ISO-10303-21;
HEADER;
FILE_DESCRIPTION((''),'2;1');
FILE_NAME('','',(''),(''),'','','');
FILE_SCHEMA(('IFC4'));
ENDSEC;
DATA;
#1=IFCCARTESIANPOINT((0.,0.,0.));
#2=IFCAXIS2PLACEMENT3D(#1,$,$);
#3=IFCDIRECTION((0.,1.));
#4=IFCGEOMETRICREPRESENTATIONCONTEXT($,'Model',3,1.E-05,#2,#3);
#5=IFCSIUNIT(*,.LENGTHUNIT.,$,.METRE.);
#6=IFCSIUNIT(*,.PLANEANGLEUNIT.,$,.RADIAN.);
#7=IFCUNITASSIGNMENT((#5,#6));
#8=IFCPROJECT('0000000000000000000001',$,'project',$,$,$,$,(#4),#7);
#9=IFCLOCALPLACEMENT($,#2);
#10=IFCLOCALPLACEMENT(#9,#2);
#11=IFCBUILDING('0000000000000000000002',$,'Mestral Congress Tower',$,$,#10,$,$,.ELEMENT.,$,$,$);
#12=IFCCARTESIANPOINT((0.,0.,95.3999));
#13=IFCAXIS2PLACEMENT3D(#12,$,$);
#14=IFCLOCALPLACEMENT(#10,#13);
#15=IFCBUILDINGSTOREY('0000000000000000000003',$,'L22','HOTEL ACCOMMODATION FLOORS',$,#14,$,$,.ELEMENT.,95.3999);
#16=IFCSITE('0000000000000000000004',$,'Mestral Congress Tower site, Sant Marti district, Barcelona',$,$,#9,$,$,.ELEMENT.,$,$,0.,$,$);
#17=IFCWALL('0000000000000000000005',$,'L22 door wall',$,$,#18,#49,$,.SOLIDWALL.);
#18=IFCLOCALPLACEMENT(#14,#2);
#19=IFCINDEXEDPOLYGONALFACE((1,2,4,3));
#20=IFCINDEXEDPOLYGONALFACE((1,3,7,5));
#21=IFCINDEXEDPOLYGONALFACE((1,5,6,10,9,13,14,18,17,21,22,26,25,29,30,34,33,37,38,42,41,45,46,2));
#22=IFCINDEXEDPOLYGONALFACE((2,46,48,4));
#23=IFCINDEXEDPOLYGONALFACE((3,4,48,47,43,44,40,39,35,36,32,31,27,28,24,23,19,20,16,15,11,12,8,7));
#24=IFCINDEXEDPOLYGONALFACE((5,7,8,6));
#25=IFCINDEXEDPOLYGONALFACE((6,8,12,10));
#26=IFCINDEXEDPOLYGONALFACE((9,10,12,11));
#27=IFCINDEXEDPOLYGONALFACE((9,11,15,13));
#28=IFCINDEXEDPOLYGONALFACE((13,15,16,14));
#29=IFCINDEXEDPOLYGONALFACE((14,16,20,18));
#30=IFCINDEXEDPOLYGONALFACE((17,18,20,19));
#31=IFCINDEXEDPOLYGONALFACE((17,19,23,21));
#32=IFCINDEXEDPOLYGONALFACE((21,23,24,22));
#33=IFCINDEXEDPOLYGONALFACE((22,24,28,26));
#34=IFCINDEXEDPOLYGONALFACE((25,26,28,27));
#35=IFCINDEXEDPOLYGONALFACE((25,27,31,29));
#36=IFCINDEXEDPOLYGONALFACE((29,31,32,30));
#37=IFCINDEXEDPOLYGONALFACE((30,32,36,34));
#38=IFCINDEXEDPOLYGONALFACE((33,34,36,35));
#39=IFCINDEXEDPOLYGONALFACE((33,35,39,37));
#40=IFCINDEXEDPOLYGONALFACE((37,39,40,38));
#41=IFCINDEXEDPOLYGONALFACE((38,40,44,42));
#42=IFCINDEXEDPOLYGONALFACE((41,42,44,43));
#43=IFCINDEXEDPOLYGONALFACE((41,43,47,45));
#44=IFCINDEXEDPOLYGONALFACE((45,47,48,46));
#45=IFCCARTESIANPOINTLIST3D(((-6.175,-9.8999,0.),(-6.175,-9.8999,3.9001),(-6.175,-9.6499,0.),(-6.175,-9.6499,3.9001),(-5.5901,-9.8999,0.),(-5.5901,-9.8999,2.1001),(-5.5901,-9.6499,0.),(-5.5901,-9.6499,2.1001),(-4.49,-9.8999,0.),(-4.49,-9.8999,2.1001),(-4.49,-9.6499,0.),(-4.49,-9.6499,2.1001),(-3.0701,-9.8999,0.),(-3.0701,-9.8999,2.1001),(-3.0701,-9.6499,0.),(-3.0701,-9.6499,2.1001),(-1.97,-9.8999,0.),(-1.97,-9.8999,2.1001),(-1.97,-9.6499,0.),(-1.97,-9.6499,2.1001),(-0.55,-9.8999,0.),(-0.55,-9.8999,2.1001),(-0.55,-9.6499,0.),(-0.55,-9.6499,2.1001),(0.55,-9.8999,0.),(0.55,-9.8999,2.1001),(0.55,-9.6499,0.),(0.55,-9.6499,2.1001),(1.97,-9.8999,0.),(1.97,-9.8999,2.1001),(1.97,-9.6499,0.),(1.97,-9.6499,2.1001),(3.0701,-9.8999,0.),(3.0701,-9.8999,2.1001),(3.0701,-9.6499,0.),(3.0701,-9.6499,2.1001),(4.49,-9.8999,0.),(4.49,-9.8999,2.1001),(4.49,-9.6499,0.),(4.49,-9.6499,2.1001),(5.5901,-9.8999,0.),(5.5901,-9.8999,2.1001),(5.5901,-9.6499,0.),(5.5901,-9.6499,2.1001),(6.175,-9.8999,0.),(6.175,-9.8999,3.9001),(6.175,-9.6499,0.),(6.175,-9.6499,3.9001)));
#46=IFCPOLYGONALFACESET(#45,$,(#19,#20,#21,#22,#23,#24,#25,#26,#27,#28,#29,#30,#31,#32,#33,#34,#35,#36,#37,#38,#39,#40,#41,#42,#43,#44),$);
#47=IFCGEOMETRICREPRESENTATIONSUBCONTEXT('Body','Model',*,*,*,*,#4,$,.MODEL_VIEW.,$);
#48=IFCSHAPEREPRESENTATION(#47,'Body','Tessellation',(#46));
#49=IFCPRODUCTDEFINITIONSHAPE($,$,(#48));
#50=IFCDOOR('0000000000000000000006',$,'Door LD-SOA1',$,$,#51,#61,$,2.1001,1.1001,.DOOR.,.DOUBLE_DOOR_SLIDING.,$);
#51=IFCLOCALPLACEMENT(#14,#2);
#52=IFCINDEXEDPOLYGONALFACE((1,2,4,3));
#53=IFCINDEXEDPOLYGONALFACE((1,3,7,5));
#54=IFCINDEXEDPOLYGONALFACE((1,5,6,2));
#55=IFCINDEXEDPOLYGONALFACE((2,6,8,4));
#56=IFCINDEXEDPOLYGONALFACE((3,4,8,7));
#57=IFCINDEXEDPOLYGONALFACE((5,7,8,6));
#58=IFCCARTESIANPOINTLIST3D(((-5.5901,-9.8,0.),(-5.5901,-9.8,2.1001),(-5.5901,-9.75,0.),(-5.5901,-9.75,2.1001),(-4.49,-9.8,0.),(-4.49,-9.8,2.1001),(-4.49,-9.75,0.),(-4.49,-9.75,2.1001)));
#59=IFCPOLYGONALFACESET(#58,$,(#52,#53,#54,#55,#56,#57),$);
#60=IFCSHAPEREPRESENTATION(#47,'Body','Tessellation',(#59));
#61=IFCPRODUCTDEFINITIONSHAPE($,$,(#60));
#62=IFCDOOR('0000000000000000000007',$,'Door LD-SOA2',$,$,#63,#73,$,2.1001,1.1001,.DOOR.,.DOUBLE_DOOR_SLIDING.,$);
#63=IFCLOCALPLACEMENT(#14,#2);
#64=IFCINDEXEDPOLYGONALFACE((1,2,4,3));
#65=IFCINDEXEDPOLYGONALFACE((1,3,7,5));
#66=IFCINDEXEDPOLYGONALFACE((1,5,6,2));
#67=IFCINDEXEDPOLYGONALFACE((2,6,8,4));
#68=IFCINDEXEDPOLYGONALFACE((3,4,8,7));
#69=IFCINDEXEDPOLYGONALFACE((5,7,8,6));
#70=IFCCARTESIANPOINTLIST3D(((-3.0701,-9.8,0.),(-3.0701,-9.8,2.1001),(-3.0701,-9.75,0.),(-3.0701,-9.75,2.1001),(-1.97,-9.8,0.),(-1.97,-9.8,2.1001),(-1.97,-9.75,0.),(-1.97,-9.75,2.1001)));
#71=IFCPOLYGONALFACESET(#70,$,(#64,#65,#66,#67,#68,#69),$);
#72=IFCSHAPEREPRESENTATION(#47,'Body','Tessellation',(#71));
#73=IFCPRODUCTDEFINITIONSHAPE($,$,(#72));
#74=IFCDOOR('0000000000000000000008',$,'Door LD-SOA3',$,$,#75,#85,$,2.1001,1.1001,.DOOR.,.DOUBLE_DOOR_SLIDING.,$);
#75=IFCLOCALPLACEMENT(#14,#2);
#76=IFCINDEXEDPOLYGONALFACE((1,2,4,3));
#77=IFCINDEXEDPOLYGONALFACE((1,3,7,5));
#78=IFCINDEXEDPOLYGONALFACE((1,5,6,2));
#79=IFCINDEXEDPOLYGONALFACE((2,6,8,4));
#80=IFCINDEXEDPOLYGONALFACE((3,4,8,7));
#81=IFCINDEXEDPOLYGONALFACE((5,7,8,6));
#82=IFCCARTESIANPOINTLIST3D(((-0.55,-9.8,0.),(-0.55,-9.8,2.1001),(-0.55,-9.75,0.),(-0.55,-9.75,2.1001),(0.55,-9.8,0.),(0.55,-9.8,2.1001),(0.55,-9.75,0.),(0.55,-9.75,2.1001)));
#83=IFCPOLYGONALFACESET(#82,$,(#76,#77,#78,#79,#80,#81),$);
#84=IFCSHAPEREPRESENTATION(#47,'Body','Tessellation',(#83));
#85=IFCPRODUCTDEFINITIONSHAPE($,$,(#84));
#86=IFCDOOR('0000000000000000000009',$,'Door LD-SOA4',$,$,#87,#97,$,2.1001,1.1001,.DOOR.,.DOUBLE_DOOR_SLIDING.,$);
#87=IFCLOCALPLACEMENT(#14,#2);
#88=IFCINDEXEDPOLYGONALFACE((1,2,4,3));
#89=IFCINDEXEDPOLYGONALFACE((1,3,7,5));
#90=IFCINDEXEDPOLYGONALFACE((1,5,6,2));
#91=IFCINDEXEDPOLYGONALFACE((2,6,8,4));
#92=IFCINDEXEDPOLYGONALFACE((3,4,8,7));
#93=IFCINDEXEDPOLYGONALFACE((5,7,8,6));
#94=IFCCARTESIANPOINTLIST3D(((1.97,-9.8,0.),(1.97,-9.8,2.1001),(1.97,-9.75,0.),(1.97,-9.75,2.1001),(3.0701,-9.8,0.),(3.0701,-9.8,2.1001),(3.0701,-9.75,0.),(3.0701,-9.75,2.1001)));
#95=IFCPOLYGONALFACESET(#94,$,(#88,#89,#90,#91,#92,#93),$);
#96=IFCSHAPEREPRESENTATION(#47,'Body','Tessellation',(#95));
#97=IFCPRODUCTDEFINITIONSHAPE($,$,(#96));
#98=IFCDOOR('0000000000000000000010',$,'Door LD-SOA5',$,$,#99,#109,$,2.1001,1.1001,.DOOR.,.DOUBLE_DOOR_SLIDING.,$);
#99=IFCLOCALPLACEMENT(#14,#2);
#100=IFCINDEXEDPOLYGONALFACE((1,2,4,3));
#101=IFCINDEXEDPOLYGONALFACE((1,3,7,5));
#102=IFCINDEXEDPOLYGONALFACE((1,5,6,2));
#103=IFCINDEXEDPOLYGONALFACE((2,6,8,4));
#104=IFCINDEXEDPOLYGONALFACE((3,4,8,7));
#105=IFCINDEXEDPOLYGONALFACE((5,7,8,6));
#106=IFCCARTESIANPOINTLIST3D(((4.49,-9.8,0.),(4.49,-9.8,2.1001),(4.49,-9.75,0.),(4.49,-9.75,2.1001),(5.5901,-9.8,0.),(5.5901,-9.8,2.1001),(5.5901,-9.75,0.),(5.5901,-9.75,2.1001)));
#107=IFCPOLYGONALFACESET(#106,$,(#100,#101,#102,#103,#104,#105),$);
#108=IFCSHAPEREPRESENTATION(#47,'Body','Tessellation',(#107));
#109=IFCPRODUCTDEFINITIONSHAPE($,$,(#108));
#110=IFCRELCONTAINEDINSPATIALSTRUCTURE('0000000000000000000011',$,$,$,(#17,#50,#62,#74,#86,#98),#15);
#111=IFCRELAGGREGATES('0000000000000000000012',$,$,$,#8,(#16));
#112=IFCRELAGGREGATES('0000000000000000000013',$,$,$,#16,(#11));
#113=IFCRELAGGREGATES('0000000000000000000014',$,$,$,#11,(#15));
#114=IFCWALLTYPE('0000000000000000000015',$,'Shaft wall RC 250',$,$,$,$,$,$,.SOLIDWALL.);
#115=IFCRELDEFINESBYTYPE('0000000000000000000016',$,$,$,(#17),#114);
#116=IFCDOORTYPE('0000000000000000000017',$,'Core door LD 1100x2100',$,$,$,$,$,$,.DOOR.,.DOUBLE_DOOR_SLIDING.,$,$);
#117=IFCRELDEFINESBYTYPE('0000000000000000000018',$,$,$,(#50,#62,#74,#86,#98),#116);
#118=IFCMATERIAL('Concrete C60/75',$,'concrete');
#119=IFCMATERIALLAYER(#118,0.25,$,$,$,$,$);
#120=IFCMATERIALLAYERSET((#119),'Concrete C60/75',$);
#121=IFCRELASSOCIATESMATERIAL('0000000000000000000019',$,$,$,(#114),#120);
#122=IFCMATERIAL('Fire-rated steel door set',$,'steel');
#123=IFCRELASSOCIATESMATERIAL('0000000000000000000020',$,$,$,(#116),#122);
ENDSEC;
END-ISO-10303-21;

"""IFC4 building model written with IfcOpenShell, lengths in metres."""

from ifc_helpers import new_model, si_unit, direction, frame, frame_2d, origin, place, context, subcontext, project, spatial, rectangle, extrude, material, layer, layer_set, type_object, element, fill, save


model = new_model("IFC4")

# Units and contexts
model_context = context("Model", 3, precision=1e-05, world=origin(), true_north=direction((0.0, 1.0)))
body_context = subcontext(model_context, "Body", "Model", "MODEL_VIEW")
ifc_project = project(units=[si_unit("LENGTHUNIT", "METRE"), si_unit("PLANEANGLEUNIT", "RADIAN")], contexts=[model_context])

# Site, building, storey
site_placement = place(None, origin())
site = spatial("IfcSite", under=ifc_project, at=site_placement, Name="Mestral Congress Tower site, Sant Marti district, Barcelona", CompositionType="ELEMENT", RefElevation=0.0)
building_placement = place(site_placement, origin())
building = spatial("IfcBuilding", under=site, at=building_placement, Name="Mestral Congress Tower", CompositionType="ELEMENT")
storey_placement = place(building_placement, frame((0.0, 0.0, 95.3999)))
storey = spatial("IfcBuildingStorey", under=building, at=storey_placement, Name="L22", Description="HOTEL ACCOMMODATION FLOORS", CompositionType="ELEMENT", Elevation=95.3999)

# Shared definitions
ifc_material_1 = material(Name="Fire-rated steel door set", Category="steel")

# Shared definitions
ifc_material_2 = material(Name="Concrete C60/75", Category="concrete")
ifc_layer_1 = layer(ifc_material_2, 0.25)
ifc_layer_set_1 = layer_set([ifc_layer_1], Name="Concrete C60/75")
wall_type_1 = type_object("IfcWallType", Name="Shaft wall RC 250", PredefinedType="SOLIDWALL", material=ifc_layer_set_1)

# Wall, openings, doors
wall_1_placement = place(storey_placement, frame((-6.175, -9.7749, 0.0), z_axis=(0.0, 0.0, 1.0), x_axis=(1.0, 0.0, 0.0)))
wall_1 = element("IfcWall", 1, at=wall_1_placement, inside=storey, type_object=wall_type_1, Name="L22 door wall", PredefinedType="SOLIDWALL", context=body_context, shape_type="SweptSolid", body=[
    extrude(rectangle(XDim=12.3501, YDim=0.25, at=frame_2d((6.175, 0.0))), origin(), (0.0, 0.0, 1.0), 3.9001),
])
opening_1_placement = place(wall_1_placement, frame((0.585, 0.0, 0.0)))
opening_1 = element("IfcOpeningElement", 2, at=opening_1_placement, cuts=wall_1, PredefinedType="OPENING", context=body_context, shape_type="SweptSolid", body=[
    extrude(rectangle(XDim=1.1001, YDim=2.1001, at=frame_2d((0.55, 1.05))), frame((0.0, 0.135, 0.0), z_axis=(0.0, -1.0, 0.0), x_axis=(1.0, 0.0, 0.0)), (0.0, 0.0, 1.0), 0.27),
])
opening_2_placement = place(wall_1_placement, frame((3.105, 0.0, 0.0)))
opening_2 = element("IfcOpeningElement", 3, at=opening_2_placement, cuts=wall_1, PredefinedType="OPENING", context=body_context, shape_type="SweptSolid", body=[
    extrude(rectangle(XDim=1.1001, YDim=2.1001, at=frame_2d((0.55, 1.05))), frame((0.0, 0.135, 0.0), z_axis=(0.0, -1.0, 0.0), x_axis=(1.0, 0.0, 0.0)), (0.0, 0.0, 1.0), 0.27),
])
opening_3_placement = place(wall_1_placement, frame((5.625, 0.0, 0.0)))
opening_3 = element("IfcOpeningElement", 4, at=opening_3_placement, cuts=wall_1, PredefinedType="OPENING", context=body_context, shape_type="SweptSolid", body=[
    extrude(rectangle(XDim=1.1001, YDim=2.1001, at=frame_2d((0.55, 1.05))), frame((0.0, 0.135, 0.0), z_axis=(0.0, -1.0, 0.0), x_axis=(1.0, 0.0, 0.0)), (0.0, 0.0, 1.0), 0.27),
])
opening_4_placement = place(wall_1_placement, frame((8.145, 0.0, 0.0)))
opening_4 = element("IfcOpeningElement", 5, at=opening_4_placement, cuts=wall_1, PredefinedType="OPENING", context=body_context, shape_type="SweptSolid", body=[
    extrude(rectangle(XDim=1.1001, YDim=2.1001, at=frame_2d((0.55, 1.05))), frame((0.0, 0.135, 0.0), z_axis=(0.0, -1.0, 0.0), x_axis=(1.0, 0.0, 0.0)), (0.0, 0.0, 1.0), 0.27),
])
opening_5_placement = place(wall_1_placement, frame((10.665, 0.0, 0.0)))
opening_5 = element("IfcOpeningElement", 6, at=opening_5_placement, cuts=wall_1, PredefinedType="OPENING", context=body_context, shape_type="SweptSolid", body=[
    extrude(rectangle(XDim=1.1001, YDim=2.1001, at=frame_2d((0.55, 1.05))), frame((0.0, 0.135, 0.0), z_axis=(0.0, -1.0, 0.0), x_axis=(1.0, 0.0, 0.0)), (0.0, 0.0, 1.0), 0.27),
])
door_type_1 = type_object("IfcDoorType", Name="Core door LD 1100x2100", OperationType="DOUBLE_DOOR_SLIDING", PredefinedType="DOOR", material=ifc_material_1)
door_1_placement = place(opening_1_placement, origin())
door_1 = element("IfcDoor", 7, at=door_1_placement, inside=storey, type_object=door_type_1, Name="Door LD-SOA1", OperationType="DOUBLE_DOOR_SLIDING", OverallHeight=2.1001, OverallWidth=1.1001, PredefinedType="DOOR", context=body_context, shape_type="SweptSolid", body=[
    extrude(rectangle(XDim=1.1001, YDim=2.1001, at=frame_2d((0.55, 1.05))), frame((0.0, 0.0249, 0.0), z_axis=(0.0, -1.0, 0.0), x_axis=(1.0, 0.0, 0.0)), (0.0, 0.0, 1.0), 0.05),
])
fill(opening_1, door_1)
door_2_placement = place(opening_2_placement, origin())
door_2 = element("IfcDoor", 8, at=door_2_placement, inside=storey, type_object=door_type_1, Name="Door LD-SOA2", OperationType="DOUBLE_DOOR_SLIDING", OverallHeight=2.1001, OverallWidth=1.1001, PredefinedType="DOOR", context=body_context, shape_type="SweptSolid", body=[
    extrude(rectangle(XDim=1.1001, YDim=2.1001, at=frame_2d((0.55, 1.05))), frame((0.0, 0.0249, 0.0), z_axis=(0.0, -1.0, 0.0), x_axis=(1.0, 0.0, 0.0)), (0.0, 0.0, 1.0), 0.05),
])
fill(opening_2, door_2)
door_3_placement = place(opening_3_placement, origin())
door_3 = element("IfcDoor", 9, at=door_3_placement, inside=storey, type_object=door_type_1, Name="Door LD-SOA3", OperationType="DOUBLE_DOOR_SLIDING", OverallHeight=2.1001, OverallWidth=1.1001, PredefinedType="DOOR", context=body_context, shape_type="SweptSolid", body=[
    extrude(rectangle(XDim=1.1001, YDim=2.1001, at=frame_2d((0.55, 1.05))), frame((0.0, 0.0249, 0.0), z_axis=(0.0, -1.0, 0.0), x_axis=(1.0, 0.0, 0.0)), (0.0, 0.0, 1.0), 0.05),
])
fill(opening_3, door_3)
door_4_placement = place(opening_4_placement, origin())
door_4 = element("IfcDoor", 10, at=door_4_placement, inside=storey, type_object=door_type_1, Name="Door LD-SOA4", OperationType="DOUBLE_DOOR_SLIDING", OverallHeight=2.1001, OverallWidth=1.1001, PredefinedType="DOOR", context=body_context, shape_type="SweptSolid", body=[
    extrude(rectangle(XDim=1.1001, YDim=2.1001, at=frame_2d((0.55, 1.05))), frame((0.0, 0.0249, 0.0), z_axis=(0.0, -1.0, 0.0), x_axis=(1.0, 0.0, 0.0)), (0.0, 0.0, 1.0), 0.05),
])
fill(opening_4, door_4)
door_5_placement = place(opening_5_placement, origin())
door_5 = element("IfcDoor", 11, at=door_5_placement, inside=storey, type_object=door_type_1, Name="Door LD-SOA5", OperationType="DOUBLE_DOOR_SLIDING", OverallHeight=2.1001, OverallWidth=1.1001, PredefinedType="DOOR", context=body_context, shape_type="SweptSolid", body=[
    extrude(rectangle(XDim=1.1001, YDim=2.1001, at=frame_2d((0.55, 1.05))), frame((0.0, 0.0249, 0.0), z_axis=(0.0, -1.0, 0.0), x_axis=(1.0, 0.0, 0.0)), (0.0, 0.0, 1.0), 0.05),
])
fill(opening_5, door_5)

save(model, "model.ifc")
